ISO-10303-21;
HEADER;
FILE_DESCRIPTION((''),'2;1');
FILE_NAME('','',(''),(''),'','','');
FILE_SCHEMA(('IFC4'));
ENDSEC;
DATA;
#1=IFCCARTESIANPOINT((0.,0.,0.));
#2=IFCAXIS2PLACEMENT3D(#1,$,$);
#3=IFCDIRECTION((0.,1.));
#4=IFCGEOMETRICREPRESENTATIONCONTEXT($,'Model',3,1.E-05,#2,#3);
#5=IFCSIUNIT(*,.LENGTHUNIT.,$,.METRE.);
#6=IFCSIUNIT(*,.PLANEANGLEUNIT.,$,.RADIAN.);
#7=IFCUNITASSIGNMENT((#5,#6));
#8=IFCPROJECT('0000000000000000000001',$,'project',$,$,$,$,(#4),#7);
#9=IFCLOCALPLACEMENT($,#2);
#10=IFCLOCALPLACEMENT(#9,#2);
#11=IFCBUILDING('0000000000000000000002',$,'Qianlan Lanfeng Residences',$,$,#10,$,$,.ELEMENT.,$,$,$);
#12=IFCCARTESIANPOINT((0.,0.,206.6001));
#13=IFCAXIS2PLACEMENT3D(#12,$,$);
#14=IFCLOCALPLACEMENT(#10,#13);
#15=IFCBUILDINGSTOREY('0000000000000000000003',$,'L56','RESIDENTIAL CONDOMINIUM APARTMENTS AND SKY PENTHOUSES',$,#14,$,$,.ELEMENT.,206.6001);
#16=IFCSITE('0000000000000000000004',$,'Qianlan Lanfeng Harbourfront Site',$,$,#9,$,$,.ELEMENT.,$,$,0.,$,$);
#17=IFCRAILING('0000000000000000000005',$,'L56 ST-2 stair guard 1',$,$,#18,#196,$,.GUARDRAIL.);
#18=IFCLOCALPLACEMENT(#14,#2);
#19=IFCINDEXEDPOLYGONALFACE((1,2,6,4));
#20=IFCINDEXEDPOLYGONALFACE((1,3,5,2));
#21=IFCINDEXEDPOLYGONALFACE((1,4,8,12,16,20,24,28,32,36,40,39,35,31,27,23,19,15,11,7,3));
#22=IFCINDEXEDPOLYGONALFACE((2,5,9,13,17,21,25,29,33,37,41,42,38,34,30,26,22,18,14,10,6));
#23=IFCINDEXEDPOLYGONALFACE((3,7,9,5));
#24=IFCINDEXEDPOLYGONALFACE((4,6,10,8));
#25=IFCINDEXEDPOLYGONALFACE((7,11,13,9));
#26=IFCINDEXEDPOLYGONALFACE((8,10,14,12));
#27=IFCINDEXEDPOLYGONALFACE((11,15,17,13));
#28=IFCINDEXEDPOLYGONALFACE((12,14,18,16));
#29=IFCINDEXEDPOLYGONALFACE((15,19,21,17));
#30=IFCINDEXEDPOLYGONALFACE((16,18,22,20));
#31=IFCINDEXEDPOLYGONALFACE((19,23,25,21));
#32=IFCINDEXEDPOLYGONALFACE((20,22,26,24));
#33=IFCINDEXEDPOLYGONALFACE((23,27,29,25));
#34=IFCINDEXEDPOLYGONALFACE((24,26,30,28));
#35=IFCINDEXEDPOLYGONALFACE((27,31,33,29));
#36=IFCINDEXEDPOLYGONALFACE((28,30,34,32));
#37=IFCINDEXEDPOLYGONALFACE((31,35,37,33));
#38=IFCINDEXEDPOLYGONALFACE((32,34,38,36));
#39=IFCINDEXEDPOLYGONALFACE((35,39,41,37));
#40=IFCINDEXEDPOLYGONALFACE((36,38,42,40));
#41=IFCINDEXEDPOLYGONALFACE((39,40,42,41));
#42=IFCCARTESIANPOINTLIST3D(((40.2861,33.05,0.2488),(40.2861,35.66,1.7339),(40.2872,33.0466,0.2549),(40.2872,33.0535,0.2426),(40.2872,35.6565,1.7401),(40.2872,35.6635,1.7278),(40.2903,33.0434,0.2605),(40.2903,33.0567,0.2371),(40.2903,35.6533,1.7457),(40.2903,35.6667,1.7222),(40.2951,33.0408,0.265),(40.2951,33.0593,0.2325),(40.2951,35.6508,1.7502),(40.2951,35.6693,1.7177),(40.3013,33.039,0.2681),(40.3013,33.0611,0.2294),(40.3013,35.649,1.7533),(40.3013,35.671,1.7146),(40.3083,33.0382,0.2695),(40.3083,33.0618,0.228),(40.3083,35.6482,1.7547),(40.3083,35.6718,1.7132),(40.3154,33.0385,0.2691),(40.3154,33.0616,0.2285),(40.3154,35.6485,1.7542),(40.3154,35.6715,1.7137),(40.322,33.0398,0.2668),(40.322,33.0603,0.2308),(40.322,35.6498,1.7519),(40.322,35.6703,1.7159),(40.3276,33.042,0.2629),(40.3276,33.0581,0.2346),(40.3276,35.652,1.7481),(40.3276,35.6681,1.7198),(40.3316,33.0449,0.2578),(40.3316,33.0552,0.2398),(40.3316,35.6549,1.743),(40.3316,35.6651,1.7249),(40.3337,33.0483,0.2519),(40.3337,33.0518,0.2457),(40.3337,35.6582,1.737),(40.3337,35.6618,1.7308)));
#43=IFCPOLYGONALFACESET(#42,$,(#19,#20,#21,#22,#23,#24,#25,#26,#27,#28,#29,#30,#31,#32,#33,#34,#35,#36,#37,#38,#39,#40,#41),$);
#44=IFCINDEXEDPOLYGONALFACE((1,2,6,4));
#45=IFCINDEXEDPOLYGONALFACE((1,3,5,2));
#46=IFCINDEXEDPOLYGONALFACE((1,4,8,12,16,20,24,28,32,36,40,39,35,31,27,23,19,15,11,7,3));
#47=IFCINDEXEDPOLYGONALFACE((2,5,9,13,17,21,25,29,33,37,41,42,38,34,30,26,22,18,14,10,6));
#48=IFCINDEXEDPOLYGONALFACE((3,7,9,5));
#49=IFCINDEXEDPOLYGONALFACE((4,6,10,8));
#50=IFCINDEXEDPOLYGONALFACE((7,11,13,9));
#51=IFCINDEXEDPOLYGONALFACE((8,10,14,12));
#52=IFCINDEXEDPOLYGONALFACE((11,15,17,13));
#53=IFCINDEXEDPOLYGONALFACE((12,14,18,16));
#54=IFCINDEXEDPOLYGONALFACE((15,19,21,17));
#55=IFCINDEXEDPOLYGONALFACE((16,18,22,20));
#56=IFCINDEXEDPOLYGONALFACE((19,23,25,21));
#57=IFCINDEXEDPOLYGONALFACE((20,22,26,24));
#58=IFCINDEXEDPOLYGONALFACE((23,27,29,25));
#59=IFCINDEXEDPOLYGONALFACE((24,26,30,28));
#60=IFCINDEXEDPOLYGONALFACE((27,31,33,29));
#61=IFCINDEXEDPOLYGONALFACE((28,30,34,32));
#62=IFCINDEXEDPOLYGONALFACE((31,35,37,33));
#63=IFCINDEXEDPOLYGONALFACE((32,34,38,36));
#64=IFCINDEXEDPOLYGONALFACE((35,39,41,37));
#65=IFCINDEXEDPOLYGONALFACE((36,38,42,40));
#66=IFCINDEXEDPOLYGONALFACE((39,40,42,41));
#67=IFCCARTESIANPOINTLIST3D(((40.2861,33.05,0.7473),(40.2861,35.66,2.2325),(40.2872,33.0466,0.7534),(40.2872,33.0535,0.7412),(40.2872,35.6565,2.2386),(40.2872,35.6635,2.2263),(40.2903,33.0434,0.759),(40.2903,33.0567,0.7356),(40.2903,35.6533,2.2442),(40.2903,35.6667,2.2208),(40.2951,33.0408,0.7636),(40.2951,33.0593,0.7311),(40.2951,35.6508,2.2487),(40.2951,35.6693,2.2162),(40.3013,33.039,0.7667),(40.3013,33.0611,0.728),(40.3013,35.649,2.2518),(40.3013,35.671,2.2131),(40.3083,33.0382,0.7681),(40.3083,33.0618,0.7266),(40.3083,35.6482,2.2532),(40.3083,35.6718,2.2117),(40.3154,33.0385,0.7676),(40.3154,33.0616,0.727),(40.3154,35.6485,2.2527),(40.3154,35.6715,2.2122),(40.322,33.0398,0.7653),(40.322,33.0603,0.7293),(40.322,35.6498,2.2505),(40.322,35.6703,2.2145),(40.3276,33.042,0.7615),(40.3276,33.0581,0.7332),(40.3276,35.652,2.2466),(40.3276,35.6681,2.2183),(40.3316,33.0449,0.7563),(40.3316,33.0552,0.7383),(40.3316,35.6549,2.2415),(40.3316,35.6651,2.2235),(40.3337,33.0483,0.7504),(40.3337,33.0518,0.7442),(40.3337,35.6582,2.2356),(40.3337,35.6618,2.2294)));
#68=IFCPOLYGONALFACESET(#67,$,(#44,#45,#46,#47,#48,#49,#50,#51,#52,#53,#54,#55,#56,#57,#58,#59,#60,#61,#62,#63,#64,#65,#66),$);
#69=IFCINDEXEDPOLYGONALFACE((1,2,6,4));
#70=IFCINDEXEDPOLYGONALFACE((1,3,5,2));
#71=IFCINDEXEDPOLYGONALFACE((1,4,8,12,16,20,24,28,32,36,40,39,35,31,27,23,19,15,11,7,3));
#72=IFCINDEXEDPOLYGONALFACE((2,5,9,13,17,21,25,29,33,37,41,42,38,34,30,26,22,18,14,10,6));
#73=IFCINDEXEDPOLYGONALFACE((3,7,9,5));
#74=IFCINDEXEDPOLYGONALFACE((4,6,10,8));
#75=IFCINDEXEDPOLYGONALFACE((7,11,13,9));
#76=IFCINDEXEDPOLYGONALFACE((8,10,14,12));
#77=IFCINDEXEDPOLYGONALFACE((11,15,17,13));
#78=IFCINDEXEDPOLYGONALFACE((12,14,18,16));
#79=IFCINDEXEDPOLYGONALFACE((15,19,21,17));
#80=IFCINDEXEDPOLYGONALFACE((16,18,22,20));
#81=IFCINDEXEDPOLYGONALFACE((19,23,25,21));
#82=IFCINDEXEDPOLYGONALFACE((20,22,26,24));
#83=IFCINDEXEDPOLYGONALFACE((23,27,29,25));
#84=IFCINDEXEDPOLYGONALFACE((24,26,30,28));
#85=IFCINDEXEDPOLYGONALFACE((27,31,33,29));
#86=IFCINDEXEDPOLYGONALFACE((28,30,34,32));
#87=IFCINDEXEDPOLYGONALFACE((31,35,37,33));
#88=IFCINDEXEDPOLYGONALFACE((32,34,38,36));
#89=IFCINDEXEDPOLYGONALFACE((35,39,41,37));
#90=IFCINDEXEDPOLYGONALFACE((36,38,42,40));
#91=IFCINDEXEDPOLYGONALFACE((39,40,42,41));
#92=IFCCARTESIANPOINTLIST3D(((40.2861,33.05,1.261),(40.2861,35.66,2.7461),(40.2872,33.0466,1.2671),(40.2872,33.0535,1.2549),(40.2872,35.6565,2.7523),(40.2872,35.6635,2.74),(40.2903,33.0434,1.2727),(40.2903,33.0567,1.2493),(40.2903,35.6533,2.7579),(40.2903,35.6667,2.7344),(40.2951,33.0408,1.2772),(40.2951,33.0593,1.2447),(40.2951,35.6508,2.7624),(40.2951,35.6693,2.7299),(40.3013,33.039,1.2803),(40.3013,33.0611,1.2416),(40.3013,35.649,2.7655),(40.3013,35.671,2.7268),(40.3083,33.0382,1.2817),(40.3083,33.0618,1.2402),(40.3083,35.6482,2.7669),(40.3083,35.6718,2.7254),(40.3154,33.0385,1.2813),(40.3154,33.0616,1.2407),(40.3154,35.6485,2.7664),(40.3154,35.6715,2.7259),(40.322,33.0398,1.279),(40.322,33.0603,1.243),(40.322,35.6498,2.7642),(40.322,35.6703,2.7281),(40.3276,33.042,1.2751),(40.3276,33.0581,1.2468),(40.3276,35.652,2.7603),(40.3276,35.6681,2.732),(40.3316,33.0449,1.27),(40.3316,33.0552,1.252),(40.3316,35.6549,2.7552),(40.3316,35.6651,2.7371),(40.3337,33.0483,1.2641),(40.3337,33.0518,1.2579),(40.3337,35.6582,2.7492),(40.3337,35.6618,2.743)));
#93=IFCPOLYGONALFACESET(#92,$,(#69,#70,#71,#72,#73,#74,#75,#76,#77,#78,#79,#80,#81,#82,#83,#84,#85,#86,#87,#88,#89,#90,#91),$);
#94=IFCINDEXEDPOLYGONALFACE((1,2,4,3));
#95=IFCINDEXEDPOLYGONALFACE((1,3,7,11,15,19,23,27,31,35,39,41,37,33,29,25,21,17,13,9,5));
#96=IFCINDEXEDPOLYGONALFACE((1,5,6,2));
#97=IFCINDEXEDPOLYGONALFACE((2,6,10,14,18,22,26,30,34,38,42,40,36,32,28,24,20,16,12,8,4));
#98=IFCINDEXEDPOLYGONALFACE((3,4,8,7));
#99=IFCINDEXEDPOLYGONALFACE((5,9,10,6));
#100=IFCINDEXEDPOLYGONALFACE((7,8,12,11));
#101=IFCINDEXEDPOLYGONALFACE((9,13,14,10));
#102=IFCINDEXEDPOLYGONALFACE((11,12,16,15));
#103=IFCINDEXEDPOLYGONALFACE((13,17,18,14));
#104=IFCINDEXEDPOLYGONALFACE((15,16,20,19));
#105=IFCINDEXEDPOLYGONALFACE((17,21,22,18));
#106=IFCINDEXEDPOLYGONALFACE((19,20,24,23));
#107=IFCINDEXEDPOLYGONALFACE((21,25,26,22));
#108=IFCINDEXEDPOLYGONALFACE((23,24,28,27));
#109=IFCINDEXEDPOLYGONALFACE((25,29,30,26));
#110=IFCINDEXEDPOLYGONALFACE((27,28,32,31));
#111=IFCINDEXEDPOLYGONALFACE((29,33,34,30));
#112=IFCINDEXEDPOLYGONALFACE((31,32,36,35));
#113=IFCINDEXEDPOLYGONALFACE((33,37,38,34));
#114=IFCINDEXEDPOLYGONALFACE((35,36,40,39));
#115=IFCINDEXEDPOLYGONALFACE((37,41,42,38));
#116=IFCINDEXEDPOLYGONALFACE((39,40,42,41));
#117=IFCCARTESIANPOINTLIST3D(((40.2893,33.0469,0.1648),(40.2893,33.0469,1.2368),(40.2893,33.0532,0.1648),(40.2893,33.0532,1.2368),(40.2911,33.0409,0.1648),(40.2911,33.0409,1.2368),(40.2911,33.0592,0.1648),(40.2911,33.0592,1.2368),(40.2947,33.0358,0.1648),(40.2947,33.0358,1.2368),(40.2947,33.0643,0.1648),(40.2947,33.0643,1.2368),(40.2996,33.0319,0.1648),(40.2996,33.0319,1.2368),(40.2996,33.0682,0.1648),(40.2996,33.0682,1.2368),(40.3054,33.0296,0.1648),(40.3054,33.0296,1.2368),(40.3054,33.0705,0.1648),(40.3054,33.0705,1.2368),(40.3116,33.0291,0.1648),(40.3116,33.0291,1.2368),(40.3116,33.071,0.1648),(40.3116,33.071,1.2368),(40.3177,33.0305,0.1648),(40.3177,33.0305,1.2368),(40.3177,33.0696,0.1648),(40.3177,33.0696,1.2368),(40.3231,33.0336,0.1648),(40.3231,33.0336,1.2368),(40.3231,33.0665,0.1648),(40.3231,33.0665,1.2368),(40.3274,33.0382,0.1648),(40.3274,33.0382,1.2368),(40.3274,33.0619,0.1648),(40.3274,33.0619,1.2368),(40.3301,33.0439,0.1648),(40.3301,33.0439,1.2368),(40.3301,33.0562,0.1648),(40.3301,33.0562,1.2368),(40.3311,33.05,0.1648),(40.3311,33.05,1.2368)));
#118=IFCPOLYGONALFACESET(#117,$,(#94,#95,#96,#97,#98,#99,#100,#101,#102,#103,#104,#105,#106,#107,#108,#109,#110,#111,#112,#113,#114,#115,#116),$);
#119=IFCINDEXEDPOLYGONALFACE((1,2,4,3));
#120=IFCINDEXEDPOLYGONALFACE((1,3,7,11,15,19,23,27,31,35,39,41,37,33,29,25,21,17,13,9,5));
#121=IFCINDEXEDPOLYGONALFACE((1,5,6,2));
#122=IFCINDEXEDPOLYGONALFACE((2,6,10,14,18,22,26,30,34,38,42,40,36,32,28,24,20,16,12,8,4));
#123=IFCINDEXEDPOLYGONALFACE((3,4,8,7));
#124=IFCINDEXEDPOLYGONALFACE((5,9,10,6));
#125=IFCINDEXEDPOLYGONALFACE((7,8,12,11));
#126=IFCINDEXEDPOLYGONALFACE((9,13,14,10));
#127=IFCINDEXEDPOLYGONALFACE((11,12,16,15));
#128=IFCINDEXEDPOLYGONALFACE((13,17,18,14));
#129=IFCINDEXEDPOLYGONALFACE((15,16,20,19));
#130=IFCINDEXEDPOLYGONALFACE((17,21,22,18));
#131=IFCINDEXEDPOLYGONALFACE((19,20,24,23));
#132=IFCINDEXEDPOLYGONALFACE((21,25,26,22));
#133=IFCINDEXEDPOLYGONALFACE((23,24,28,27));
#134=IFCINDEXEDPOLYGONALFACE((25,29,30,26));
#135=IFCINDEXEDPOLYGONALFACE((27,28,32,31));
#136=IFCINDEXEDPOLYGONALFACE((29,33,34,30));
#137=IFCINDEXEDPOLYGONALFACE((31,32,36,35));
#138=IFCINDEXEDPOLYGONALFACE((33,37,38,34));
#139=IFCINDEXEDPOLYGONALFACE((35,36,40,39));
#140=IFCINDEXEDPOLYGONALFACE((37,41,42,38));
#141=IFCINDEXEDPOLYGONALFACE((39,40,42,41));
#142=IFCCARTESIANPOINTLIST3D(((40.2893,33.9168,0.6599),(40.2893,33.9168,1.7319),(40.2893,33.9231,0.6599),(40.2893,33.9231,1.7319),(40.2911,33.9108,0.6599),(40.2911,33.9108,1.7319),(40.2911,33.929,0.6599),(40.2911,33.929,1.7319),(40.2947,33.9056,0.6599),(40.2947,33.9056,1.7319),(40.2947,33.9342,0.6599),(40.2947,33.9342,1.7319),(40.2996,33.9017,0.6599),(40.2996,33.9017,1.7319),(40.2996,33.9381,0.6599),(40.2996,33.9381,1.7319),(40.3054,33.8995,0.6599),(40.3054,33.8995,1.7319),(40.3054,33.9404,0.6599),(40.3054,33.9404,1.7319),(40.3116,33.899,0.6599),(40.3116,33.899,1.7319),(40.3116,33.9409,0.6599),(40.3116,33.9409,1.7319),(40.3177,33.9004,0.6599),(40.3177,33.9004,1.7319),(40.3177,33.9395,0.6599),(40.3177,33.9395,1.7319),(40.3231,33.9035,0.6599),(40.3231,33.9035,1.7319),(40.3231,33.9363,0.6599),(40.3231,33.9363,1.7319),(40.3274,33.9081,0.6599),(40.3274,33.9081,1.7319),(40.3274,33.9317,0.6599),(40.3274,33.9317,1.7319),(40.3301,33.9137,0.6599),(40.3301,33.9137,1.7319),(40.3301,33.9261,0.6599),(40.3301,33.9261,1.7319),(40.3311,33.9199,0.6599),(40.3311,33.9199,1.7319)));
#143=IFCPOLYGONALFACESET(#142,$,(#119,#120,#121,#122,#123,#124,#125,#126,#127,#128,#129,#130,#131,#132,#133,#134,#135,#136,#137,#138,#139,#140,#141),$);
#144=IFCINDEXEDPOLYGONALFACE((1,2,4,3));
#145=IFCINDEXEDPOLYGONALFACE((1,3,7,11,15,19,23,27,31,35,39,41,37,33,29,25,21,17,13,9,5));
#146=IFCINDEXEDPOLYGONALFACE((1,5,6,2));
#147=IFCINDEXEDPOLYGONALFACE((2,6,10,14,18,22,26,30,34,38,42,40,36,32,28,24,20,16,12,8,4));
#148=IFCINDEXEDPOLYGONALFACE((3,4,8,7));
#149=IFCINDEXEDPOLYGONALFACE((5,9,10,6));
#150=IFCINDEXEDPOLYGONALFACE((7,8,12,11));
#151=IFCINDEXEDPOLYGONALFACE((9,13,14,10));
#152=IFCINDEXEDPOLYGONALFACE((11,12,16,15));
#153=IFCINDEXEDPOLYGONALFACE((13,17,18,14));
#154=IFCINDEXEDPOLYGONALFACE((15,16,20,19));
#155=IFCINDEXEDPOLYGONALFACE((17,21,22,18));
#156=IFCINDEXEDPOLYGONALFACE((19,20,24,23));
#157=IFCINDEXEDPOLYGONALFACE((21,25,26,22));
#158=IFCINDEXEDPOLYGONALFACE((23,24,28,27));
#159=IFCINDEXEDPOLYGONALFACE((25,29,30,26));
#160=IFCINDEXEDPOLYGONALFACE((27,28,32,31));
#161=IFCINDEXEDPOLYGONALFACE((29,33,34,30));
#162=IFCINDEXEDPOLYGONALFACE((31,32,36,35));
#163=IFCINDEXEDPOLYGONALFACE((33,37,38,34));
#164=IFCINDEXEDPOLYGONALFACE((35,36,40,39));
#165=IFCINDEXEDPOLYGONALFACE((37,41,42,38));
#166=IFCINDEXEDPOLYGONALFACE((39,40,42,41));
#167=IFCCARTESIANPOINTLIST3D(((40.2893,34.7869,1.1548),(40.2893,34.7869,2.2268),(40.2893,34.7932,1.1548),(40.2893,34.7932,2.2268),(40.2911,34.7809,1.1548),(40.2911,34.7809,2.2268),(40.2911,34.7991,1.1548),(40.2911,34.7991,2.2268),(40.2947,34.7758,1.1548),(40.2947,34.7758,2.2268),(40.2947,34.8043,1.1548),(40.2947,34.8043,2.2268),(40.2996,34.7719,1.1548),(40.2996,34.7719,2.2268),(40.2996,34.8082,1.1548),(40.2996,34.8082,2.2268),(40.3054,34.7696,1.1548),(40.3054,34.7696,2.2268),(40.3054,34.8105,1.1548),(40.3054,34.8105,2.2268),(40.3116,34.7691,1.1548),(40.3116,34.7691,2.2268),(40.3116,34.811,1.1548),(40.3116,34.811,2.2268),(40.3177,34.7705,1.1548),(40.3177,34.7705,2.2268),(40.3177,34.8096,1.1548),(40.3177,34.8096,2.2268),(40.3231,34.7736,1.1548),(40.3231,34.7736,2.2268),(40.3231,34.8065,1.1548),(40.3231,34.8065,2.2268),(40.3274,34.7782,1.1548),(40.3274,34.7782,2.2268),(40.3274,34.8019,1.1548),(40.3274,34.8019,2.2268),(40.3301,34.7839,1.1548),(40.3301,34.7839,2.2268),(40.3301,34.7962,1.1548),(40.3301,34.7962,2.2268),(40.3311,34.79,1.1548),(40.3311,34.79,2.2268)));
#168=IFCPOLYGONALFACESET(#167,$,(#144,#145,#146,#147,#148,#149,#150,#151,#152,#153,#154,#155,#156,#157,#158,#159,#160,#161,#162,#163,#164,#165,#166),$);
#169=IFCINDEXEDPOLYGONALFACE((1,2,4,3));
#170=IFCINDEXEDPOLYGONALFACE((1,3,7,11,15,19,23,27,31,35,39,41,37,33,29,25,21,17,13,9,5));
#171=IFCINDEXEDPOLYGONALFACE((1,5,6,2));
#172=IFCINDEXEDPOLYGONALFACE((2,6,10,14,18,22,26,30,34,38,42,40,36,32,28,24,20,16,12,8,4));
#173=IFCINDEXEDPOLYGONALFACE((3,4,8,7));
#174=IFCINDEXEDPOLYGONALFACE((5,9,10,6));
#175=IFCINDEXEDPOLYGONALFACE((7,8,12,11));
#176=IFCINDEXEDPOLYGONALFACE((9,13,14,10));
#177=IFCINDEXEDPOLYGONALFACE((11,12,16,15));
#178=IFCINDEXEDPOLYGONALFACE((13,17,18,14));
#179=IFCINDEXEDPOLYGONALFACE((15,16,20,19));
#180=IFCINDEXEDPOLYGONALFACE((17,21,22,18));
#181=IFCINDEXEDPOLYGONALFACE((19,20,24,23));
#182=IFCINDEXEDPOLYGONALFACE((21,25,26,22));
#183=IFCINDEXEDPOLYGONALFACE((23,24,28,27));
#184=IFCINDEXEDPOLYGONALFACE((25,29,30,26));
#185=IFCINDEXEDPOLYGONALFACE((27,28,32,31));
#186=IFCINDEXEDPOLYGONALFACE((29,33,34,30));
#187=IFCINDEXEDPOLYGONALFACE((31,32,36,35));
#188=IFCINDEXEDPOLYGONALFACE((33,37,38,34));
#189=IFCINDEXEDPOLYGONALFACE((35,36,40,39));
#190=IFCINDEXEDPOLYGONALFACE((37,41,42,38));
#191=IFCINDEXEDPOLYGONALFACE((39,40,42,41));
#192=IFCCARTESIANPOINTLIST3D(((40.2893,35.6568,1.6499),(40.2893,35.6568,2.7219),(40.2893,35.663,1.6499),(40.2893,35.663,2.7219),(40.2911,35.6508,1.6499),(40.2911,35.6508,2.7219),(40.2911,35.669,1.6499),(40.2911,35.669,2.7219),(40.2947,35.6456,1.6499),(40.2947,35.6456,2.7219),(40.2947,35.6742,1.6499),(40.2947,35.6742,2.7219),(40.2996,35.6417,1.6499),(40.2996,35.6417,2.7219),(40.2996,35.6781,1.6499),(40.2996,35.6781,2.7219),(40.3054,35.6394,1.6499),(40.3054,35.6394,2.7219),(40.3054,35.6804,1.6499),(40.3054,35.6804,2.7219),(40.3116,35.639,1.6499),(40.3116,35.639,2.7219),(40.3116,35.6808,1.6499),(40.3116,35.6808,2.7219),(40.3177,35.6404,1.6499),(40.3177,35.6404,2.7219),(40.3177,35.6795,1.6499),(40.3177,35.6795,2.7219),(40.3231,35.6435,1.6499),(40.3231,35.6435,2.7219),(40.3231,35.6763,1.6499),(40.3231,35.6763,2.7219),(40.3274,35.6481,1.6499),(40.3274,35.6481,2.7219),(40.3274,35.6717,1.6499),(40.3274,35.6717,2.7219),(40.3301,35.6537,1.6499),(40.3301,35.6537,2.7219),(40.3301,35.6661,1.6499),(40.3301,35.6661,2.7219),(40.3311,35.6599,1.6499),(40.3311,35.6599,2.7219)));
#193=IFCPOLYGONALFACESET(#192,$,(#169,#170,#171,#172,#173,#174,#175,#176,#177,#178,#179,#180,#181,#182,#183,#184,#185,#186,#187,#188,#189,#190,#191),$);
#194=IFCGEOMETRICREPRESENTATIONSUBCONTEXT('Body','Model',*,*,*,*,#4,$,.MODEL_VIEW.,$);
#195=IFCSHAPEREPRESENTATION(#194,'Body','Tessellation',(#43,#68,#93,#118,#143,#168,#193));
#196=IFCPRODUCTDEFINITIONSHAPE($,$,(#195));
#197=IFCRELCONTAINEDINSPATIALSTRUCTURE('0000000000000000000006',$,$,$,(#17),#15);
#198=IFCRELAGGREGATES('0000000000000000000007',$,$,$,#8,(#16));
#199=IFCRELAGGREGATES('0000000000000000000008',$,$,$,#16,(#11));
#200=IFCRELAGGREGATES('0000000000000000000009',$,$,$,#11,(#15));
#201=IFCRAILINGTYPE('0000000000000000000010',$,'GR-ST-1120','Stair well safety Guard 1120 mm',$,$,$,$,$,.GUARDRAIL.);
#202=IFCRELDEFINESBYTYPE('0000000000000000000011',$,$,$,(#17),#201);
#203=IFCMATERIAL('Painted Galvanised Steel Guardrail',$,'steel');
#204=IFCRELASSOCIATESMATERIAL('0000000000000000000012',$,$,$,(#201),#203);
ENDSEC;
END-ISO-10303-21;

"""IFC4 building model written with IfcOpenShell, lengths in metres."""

from ifc_helpers import new_model, si_unit, direction, frame, origin, origin_2d, place, context, subcontext, project, spatial, circle, extrude, material, type_object, element, save


model = new_model("IFC4")

# Units and contexts
model_context = context("Model", 3, precision=1e-05, world=origin(), true_north=direction((0.0, 1.0)))
body_context = subcontext(model_context, "Body", "Model", "MODEL_VIEW")
ifc_project = project(units=[si_unit("LENGTHUNIT", "METRE"), si_unit("PLANEANGLEUNIT", "RADIAN")], contexts=[model_context])

# Site, building, storey
site_placement = place(None, origin())
site = spatial("IfcSite", under=ifc_project, at=site_placement, Name="Qianlan Lanfeng Harbourfront Site", CompositionType="ELEMENT", RefElevation=0.0)
building_placement = place(site_placement, origin())
building = spatial("IfcBuilding", under=site, at=building_placement, Name="Qianlan Lanfeng Residences", CompositionType="ELEMENT")
storey_placement = place(building_placement, frame((0.0, 0.0, 206.6001)))
storey = spatial("IfcBuildingStorey", under=building, at=storey_placement, Name="L56", Description="RESIDENTIAL CONDOMINIUM APARTMENTS AND SKY PENTHOUSES", CompositionType="ELEMENT", Elevation=206.6001)

# Railing
ifc_material_1 = material(Name="Painted Galvanised Steel Guardrail", Category="steel")
railing_type_1 = type_object("IfcRailingType", Name="GR-ST-1120", Description="Stair well safety Guard 1120 mm", PredefinedType="GUARDRAIL", material=ifc_material_1)
railing_1_placement = place(storey_placement, frame((40.3101, 33.05, 0.1648)))
element("IfcRailing", 1, at=railing_1_placement, inside=storey, type_object=railing_type_1, Name="L56 ST-2 stair guard 1", PredefinedType="GUARDRAIL", context=body_context, shape_type="SweptSolid", body=[
    extrude(circle(Radius=0.0239, at=origin_2d()), frame((0.0, 0.0, 0.084), z_axis=(0.0, 0.869137, 0.494571), x_axis=(-1.0, 0.0, 0.0)), (0.0, 0.0, 1.0), 3.0029),
    extrude(circle(Radius=0.0239, at=origin_2d()), frame((0.0, 0.0, 0.5825), z_axis=(0.0, 0.869137, 0.494571), x_axis=(-1.0, 0.0, 0.0)), (0.0, 0.0, 1.0), 3.0029),
    extrude(circle(Radius=0.0239, at=origin_2d()), frame((0.0, 0.0, 1.0962), z_axis=(0.0, 0.869137, 0.494571), x_axis=(-1.0, 0.0, 0.0)), (0.0, 0.0, 1.0), 3.0029),
    extrude(circle(Radius=0.021, at=origin_2d()), origin(), (0.0, 0.0, 1.0), 1.072),
    extrude(circle(Radius=0.021, at=origin_2d()), frame((0.0, 0.8699, 0.4951)), (0.0, 0.0, 1.0), 1.072),
    extrude(circle(Radius=0.021, at=origin_2d()), frame((0.0, 1.74, 0.99)), (0.0, 0.0, 1.0), 1.072),
    extrude(circle(Radius=0.021, at=origin_2d()), frame((0.0, 2.6099, 1.4851)), (0.0, 0.0, 1.0), 1.072),
])

save(model, "model.ifc")
